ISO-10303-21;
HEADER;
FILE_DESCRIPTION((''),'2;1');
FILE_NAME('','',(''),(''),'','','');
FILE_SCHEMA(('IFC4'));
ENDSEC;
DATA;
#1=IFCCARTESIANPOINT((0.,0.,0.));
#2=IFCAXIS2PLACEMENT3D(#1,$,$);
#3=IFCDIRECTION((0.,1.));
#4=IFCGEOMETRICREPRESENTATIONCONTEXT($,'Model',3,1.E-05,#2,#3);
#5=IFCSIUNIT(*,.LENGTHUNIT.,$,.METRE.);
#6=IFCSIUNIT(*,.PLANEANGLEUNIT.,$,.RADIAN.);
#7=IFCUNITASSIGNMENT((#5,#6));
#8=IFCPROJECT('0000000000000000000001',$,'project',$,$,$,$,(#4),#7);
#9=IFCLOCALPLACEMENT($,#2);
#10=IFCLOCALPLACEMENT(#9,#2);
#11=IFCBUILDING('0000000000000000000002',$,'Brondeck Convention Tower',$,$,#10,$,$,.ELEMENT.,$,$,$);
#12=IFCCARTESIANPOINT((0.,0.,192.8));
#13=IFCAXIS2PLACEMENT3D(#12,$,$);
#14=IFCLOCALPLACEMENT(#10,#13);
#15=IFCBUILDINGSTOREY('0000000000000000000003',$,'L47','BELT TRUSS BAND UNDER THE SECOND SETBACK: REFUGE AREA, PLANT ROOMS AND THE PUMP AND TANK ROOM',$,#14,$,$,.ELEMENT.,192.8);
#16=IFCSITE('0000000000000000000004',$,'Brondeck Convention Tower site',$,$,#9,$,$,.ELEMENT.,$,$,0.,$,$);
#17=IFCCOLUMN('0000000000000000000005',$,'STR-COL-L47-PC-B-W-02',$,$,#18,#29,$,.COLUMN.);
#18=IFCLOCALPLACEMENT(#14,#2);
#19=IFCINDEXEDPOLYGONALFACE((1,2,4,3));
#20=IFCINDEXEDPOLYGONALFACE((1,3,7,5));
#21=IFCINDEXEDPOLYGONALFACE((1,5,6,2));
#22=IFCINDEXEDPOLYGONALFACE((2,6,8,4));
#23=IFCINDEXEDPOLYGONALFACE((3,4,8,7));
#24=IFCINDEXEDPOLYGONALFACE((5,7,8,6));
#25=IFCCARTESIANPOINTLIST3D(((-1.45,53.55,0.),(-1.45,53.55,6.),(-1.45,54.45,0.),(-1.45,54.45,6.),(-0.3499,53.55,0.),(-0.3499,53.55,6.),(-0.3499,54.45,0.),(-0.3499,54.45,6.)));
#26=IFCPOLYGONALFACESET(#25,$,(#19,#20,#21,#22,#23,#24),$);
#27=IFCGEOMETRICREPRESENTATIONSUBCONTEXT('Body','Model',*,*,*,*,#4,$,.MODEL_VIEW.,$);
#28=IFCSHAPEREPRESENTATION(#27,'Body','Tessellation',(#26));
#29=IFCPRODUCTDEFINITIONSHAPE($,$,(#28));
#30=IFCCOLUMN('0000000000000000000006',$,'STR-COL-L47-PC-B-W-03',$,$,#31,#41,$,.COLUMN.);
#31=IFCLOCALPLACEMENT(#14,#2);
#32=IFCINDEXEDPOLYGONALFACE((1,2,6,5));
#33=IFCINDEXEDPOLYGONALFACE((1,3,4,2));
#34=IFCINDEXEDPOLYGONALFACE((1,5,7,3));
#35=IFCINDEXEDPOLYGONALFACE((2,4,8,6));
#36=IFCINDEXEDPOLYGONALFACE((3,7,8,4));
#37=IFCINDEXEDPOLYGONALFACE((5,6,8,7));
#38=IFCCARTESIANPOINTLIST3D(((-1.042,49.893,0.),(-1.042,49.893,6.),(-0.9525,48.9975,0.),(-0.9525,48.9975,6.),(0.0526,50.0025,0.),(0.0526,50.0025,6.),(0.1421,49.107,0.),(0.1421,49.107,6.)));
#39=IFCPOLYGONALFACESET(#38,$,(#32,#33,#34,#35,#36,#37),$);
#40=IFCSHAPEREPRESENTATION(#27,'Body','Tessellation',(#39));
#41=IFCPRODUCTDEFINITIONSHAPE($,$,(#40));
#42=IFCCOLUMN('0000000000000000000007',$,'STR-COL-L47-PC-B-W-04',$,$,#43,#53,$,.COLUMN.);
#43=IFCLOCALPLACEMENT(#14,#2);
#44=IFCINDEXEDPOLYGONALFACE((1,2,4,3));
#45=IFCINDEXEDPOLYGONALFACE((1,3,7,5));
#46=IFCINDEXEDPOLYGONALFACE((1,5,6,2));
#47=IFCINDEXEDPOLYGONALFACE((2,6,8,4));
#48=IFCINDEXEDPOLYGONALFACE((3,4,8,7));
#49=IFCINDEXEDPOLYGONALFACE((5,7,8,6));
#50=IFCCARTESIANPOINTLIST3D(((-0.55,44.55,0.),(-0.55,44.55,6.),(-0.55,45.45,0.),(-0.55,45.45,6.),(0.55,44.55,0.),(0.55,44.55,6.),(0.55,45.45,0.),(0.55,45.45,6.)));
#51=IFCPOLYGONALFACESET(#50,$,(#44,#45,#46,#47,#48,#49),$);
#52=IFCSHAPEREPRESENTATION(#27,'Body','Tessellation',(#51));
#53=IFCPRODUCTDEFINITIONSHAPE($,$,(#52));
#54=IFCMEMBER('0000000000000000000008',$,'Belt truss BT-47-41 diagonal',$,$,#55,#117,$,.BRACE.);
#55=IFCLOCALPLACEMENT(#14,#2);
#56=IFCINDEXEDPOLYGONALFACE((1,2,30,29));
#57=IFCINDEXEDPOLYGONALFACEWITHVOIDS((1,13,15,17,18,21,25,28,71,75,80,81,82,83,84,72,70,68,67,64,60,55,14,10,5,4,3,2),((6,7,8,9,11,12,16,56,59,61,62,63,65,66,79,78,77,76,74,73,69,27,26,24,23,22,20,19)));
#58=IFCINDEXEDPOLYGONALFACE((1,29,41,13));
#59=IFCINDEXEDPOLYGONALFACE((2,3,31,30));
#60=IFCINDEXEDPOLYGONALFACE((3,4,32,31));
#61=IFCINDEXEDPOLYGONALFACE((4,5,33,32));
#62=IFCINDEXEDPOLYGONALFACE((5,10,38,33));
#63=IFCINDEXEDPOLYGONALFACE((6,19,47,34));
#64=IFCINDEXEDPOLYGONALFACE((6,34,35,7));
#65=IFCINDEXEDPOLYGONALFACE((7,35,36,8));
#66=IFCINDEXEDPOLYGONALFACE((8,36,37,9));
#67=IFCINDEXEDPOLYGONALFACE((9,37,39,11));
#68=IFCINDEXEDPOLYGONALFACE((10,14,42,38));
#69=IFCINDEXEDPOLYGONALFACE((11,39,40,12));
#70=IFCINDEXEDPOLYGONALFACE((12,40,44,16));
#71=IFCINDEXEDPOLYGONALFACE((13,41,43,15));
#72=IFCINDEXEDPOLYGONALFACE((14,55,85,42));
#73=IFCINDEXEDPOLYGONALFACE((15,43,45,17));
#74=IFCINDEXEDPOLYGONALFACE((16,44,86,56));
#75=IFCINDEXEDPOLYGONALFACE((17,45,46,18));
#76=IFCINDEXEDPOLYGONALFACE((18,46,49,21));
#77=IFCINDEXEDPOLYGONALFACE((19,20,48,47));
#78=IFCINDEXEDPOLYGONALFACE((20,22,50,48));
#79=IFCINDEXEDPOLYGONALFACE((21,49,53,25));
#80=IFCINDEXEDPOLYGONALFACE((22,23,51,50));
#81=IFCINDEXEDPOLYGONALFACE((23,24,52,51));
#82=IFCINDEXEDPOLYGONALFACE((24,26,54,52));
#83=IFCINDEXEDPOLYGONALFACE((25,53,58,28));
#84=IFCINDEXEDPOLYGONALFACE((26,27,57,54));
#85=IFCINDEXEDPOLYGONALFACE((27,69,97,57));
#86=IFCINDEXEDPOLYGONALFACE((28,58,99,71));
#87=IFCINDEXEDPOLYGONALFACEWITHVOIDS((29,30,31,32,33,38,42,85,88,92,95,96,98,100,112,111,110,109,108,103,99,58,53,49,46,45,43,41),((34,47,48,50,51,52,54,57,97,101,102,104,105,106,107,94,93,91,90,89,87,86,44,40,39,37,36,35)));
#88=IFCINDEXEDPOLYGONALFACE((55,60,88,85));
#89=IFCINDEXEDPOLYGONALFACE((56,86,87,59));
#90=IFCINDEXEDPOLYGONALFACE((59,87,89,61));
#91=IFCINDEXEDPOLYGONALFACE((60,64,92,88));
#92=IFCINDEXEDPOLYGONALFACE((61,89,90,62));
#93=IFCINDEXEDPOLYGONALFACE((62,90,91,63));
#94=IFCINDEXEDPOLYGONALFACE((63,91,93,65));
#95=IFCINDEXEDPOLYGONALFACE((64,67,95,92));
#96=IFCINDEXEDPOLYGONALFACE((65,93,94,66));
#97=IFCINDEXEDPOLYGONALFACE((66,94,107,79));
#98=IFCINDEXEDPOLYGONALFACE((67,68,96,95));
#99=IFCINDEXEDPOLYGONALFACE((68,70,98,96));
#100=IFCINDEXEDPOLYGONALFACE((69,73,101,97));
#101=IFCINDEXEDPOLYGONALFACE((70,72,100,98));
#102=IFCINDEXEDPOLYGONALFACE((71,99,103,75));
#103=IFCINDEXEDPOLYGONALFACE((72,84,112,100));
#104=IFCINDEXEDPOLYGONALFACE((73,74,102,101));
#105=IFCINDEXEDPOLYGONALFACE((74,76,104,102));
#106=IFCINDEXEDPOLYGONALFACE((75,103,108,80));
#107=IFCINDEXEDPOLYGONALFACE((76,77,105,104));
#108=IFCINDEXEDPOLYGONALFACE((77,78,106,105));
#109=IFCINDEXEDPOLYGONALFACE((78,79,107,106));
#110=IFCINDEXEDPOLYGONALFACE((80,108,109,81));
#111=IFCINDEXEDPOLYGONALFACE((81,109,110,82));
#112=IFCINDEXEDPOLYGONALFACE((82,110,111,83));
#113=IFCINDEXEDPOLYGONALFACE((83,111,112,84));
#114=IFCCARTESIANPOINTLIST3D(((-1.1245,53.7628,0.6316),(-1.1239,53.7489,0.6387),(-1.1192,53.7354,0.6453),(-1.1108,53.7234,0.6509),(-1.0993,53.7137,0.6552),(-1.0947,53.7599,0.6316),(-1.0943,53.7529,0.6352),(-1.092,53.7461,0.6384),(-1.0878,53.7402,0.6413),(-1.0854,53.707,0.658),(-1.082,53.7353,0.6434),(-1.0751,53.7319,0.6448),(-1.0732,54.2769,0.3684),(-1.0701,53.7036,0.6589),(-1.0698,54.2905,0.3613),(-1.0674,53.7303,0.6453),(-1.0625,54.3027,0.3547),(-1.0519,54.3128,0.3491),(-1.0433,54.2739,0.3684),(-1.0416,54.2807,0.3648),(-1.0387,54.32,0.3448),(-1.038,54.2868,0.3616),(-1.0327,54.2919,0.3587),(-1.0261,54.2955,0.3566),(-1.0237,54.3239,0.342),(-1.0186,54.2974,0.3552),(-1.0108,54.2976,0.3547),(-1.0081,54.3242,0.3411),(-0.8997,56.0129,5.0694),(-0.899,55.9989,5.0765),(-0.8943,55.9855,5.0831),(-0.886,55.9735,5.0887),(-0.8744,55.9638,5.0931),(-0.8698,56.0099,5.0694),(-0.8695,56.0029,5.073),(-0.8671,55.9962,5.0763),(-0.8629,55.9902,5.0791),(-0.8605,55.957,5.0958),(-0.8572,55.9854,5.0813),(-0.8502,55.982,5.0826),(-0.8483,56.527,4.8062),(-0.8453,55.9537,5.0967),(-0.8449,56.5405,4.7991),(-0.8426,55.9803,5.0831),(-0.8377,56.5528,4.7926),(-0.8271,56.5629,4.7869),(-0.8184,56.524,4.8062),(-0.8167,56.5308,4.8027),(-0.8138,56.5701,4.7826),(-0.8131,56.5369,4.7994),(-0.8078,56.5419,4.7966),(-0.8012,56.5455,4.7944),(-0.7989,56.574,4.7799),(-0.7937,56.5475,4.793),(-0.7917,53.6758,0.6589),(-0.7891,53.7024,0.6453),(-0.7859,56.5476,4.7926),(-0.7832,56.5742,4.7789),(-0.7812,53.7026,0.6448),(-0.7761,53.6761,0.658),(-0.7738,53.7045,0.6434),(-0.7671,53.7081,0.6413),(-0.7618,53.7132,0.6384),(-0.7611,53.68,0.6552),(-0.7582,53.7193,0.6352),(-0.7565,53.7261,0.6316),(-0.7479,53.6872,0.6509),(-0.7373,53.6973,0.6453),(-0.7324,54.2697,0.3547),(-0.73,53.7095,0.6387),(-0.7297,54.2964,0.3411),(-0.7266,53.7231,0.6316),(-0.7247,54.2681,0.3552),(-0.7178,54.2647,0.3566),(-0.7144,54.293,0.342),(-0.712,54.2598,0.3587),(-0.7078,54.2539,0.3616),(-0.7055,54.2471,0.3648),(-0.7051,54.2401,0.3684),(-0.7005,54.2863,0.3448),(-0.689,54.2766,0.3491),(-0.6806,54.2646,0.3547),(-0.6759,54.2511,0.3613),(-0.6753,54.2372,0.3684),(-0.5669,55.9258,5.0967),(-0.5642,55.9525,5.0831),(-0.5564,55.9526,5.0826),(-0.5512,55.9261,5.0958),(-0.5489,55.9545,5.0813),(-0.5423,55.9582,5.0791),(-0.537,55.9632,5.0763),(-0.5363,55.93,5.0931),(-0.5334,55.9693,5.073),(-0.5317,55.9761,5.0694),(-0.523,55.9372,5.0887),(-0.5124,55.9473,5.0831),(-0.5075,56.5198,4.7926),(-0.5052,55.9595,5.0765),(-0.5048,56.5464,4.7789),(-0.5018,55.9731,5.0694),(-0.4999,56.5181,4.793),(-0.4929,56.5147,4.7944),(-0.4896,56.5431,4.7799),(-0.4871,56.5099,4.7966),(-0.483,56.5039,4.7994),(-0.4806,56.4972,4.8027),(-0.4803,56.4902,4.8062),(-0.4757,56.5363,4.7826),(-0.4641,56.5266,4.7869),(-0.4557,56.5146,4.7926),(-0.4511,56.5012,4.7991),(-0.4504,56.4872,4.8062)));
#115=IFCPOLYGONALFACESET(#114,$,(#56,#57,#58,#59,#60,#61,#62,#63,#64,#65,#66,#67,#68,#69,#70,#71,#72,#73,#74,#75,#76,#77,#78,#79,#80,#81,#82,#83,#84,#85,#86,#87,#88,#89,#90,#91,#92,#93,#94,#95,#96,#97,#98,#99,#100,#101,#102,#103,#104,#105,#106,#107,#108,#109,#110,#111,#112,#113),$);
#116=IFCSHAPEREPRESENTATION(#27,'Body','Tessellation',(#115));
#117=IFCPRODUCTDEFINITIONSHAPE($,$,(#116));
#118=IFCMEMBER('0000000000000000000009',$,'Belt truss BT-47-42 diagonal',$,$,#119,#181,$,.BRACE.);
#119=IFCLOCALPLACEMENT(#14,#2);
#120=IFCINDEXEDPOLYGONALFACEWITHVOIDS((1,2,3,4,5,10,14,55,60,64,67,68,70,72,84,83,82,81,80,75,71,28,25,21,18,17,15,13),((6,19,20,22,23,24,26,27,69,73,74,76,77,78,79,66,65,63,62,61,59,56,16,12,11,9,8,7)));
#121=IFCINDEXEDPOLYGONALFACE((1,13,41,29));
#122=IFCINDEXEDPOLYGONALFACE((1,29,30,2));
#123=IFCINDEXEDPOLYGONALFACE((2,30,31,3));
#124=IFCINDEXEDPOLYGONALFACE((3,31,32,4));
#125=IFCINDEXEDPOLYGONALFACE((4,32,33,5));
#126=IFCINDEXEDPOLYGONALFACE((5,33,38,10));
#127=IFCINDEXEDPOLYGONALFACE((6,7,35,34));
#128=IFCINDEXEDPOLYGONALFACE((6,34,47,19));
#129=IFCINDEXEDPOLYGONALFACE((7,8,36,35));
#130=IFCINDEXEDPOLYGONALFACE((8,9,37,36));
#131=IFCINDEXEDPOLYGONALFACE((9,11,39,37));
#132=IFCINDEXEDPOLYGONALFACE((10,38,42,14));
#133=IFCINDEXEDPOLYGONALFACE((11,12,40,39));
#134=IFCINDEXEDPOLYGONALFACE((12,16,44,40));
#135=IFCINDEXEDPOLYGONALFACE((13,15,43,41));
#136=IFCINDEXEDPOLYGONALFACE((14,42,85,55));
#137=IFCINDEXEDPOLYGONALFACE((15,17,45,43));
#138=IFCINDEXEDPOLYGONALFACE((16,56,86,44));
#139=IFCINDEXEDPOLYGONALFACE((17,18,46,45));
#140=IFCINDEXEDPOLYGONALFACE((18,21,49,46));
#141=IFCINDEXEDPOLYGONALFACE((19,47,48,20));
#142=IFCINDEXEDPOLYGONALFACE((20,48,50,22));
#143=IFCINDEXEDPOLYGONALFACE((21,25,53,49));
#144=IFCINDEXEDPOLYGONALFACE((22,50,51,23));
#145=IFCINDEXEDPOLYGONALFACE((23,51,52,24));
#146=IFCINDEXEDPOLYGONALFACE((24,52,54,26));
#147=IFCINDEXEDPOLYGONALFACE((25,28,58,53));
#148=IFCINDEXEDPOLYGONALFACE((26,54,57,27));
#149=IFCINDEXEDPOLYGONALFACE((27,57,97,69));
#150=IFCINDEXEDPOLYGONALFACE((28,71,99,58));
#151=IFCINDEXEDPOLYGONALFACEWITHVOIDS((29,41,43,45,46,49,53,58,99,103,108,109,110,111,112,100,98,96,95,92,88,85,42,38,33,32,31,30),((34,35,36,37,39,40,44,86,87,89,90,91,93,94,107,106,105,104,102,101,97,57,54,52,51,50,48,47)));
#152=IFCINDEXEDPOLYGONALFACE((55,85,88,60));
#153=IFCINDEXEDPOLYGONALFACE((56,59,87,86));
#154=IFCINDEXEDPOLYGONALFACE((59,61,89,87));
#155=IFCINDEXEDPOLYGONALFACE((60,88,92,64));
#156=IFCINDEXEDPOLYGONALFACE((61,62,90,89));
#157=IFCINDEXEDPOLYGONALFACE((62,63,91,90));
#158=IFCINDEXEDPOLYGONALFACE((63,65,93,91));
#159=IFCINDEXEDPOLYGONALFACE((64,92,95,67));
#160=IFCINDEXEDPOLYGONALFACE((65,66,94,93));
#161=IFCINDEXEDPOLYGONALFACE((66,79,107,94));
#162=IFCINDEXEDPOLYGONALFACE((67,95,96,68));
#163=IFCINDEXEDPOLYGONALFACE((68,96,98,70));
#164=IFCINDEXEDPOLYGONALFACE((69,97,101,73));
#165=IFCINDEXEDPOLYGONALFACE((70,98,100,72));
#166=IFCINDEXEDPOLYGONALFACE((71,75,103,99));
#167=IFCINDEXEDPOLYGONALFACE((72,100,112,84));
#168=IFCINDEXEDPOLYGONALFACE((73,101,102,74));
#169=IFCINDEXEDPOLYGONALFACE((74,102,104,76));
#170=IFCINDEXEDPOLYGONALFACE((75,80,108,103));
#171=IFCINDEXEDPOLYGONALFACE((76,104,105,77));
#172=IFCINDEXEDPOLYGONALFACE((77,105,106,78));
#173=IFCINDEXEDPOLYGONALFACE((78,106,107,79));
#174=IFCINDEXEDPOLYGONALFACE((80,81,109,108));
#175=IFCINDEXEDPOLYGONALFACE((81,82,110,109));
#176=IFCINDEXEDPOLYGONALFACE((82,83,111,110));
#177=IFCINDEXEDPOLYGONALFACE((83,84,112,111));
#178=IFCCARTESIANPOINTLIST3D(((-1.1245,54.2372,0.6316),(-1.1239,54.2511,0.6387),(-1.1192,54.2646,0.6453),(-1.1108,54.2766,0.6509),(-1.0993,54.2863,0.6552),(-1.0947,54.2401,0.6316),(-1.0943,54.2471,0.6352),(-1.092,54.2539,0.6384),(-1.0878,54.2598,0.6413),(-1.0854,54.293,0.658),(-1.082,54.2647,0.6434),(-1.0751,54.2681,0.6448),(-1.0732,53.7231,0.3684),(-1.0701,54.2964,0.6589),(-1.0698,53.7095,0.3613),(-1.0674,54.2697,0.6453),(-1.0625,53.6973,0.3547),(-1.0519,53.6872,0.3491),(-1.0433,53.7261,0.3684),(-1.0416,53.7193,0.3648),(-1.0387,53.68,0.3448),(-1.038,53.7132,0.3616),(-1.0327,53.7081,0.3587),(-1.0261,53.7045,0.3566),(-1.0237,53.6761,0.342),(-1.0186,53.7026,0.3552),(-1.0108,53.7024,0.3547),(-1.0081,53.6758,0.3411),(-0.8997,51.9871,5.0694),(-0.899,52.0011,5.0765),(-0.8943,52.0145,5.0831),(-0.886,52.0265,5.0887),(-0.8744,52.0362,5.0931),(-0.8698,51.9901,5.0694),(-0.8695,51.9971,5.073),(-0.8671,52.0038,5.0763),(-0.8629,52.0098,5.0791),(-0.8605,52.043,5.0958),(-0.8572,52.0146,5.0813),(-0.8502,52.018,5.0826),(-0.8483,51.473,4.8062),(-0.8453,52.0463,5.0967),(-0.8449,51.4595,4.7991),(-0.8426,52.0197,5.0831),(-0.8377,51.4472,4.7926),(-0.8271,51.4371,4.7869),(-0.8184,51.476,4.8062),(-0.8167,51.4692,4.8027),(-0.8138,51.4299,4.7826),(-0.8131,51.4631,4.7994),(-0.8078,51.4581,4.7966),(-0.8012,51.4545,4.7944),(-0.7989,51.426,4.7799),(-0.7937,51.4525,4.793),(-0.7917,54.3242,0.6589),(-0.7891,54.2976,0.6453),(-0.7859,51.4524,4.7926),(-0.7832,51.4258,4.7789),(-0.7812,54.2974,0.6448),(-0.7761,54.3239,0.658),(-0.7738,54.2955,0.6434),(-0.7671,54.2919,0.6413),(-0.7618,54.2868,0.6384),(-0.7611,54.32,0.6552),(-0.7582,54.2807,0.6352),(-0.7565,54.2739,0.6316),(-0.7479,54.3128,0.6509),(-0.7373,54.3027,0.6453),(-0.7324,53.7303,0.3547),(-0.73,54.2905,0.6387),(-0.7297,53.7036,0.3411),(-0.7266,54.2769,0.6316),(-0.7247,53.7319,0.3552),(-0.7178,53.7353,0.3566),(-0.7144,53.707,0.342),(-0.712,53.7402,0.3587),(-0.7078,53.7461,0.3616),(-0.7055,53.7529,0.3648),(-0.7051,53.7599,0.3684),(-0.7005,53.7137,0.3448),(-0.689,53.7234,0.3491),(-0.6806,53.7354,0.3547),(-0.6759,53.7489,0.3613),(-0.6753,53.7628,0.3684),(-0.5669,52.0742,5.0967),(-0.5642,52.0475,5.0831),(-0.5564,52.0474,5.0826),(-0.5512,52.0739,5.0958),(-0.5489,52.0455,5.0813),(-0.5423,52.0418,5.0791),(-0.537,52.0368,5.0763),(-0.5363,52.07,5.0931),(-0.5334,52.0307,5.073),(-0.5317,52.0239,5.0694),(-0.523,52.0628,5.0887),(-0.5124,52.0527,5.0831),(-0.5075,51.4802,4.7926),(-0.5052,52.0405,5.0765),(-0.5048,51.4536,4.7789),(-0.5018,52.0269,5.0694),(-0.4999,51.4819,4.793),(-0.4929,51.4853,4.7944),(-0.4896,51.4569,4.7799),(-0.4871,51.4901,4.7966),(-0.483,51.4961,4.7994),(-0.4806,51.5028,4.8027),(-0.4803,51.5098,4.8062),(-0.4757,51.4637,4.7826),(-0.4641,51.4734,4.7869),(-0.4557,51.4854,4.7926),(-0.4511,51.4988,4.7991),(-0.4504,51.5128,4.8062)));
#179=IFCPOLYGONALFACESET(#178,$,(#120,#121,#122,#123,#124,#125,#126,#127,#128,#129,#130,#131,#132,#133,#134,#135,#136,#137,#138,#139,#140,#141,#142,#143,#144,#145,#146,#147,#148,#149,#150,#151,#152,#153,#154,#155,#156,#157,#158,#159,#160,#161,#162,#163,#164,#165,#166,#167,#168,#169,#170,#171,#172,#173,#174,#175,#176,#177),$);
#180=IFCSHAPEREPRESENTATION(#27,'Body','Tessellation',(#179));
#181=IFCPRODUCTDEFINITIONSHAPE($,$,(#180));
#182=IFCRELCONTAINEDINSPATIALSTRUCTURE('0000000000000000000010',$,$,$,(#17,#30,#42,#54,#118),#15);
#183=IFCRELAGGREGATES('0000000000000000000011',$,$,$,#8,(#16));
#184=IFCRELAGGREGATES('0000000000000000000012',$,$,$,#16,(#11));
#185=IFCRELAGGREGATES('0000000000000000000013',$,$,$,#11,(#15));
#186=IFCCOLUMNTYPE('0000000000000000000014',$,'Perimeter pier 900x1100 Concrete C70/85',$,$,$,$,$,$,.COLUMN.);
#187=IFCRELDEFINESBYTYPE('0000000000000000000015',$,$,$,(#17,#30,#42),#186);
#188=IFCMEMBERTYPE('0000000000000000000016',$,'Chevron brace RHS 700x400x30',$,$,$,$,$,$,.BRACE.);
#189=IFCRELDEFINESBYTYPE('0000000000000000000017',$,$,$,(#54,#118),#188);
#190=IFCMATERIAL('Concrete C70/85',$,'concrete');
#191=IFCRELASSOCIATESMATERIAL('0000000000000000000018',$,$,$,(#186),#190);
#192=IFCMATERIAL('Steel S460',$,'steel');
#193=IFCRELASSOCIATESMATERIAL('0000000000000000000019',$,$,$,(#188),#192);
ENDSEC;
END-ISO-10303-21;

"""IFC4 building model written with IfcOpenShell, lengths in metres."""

from ifc_helpers import new_model, si_unit, direction, frame, origin, origin_2d, place, context, subcontext, project, spatial, rectangle, hollow_rectangle, extrude, material, material_profile, profile_set, type_object, element, save


model = new_model("IFC4")

# Units and contexts
model_context = context("Model", 3, precision=1e-05, world=origin(), true_north=direction((0.0, 1.0)))
body_context = subcontext(model_context, "Body", "Model", "MODEL_VIEW")
ifc_project = project(units=[si_unit("LENGTHUNIT", "METRE"), si_unit("PLANEANGLEUNIT", "RADIAN")], contexts=[model_context])

# Site, building, storey
site_placement = place(None, origin())
site = spatial("IfcSite", under=ifc_project, at=site_placement, Name="Brondeck Convention Tower site", CompositionType="ELEMENT", RefElevation=0.0)
building_placement = place(site_placement, origin())
building = spatial("IfcBuilding", under=site, at=building_placement, Name="Brondeck Convention Tower", CompositionType="ELEMENT")
storey_placement = place(building_placement, frame((0.0, 0.0, 192.8)))
storey = spatial("IfcBuildingStorey", under=building, at=storey_placement, Name="L47", Description="BELT TRUSS BAND UNDER THE SECOND SETBACK: REFUGE AREA, PLANT ROOMS AND THE PUMP AND TANK ROOM", CompositionType="ELEMENT", Elevation=192.8)

# Columns
ifc_material_1 = material(Name="Concrete C70/85", Category="concrete")
ifc_material_profile_1 = material_profile(ifc_material_1, rectangle(XDim=0.8999, YDim=1.1001, at=origin_2d()), Name="Perimeter pier 900x1100 Concrete C70/85")
ifc_profile_set_1 = profile_set([ifc_material_profile_1], Name="Concrete C70/85")
column_type = type_object("IfcColumnType", Name="Perimeter pier 900x1100 Concrete C70/85", PredefinedType="COLUMN", material=ifc_profile_set_1)
for number, where, z_axis, x_axis, name in (
    (1, (-0.8999, 54.0, 0.0), (0.0, 0.0, 1.0), (0.0, -1.0, 0.0), "STR-COL-L47-PC-B-W-02"),
    (2, (-0.45, 49.5, 0.0), (0.0, 0.0, 1.0), (0.099504, -0.995037, 0.0), "STR-COL-L47-PC-B-W-03"),
    (3, (0.0, 45.0, 0.0), (0.0, 0.0, 1.0), (0.0, -1.0, 0.0), "STR-COL-L47-PC-B-W-04"),
):
    element("IfcColumn", number, at=place(storey_placement, frame(where, z_axis=z_axis, x_axis=x_axis)), inside=storey, type_object=column_type, Name=name, PredefinedType="COLUMN", context=body_context, shape_type="SweptSolid", body=[
        extrude(rectangle(XDim=0.8999, YDim=1.1001, at=origin_2d()), origin(), (0.0, 0.0, 1.0), 6.0),
    ])

# Members
ifc_material_2 = material(Name="Steel S460", Category="steel")
ifc_material_profile_2 = material_profile(ifc_material_2, hollow_rectangle(XDim=0.3999, YDim=0.7, WallThickness=0.03, InnerFilletRadius=0.03, OuterFilletRadius=0.0601, at=origin_2d()), Name="RHS 700x400x30")
ifc_profile_set_2 = profile_set([ifc_material_profile_2], Name="Steel S460")
member_type_1 = type_object("IfcMemberType", Name="Chevron brace RHS 700x400x30", PredefinedType="BRACE", material=ifc_profile_set_2)
for number, where, z_axis, x_axis, name in (
    (4, (-0.8999, 54.0, 0.5), (0.045146, 0.45175, 0.891001), (-0.995044, 0.09944, 0.0), "Belt truss BT-47-41 diagonal"),
    (5, (-0.8999, 54.0, 0.5), (0.045146, -0.45175, 0.891001), (0.995044, 0.09944, 0.0), "Belt truss BT-47-42 diagonal"),
):
    element("IfcMember", number, at=place(storey_placement, frame(where, z_axis=z_axis, x_axis=x_axis)), inside=storey, type_object=member_type_1, Name=name, PredefinedType="BRACE", context=body_context, shape_type="SweptSolid", body=[
        extrude(hollow_rectangle(XDim=0.3999, YDim=0.7, WallThickness=0.03, InnerFilletRadius=0.03, OuterFilletRadius=0.0601, at=origin_2d()), origin(), (0.0, 0.0, 1.0), 4.9807),
    ])

save(model, "model.ifc")
